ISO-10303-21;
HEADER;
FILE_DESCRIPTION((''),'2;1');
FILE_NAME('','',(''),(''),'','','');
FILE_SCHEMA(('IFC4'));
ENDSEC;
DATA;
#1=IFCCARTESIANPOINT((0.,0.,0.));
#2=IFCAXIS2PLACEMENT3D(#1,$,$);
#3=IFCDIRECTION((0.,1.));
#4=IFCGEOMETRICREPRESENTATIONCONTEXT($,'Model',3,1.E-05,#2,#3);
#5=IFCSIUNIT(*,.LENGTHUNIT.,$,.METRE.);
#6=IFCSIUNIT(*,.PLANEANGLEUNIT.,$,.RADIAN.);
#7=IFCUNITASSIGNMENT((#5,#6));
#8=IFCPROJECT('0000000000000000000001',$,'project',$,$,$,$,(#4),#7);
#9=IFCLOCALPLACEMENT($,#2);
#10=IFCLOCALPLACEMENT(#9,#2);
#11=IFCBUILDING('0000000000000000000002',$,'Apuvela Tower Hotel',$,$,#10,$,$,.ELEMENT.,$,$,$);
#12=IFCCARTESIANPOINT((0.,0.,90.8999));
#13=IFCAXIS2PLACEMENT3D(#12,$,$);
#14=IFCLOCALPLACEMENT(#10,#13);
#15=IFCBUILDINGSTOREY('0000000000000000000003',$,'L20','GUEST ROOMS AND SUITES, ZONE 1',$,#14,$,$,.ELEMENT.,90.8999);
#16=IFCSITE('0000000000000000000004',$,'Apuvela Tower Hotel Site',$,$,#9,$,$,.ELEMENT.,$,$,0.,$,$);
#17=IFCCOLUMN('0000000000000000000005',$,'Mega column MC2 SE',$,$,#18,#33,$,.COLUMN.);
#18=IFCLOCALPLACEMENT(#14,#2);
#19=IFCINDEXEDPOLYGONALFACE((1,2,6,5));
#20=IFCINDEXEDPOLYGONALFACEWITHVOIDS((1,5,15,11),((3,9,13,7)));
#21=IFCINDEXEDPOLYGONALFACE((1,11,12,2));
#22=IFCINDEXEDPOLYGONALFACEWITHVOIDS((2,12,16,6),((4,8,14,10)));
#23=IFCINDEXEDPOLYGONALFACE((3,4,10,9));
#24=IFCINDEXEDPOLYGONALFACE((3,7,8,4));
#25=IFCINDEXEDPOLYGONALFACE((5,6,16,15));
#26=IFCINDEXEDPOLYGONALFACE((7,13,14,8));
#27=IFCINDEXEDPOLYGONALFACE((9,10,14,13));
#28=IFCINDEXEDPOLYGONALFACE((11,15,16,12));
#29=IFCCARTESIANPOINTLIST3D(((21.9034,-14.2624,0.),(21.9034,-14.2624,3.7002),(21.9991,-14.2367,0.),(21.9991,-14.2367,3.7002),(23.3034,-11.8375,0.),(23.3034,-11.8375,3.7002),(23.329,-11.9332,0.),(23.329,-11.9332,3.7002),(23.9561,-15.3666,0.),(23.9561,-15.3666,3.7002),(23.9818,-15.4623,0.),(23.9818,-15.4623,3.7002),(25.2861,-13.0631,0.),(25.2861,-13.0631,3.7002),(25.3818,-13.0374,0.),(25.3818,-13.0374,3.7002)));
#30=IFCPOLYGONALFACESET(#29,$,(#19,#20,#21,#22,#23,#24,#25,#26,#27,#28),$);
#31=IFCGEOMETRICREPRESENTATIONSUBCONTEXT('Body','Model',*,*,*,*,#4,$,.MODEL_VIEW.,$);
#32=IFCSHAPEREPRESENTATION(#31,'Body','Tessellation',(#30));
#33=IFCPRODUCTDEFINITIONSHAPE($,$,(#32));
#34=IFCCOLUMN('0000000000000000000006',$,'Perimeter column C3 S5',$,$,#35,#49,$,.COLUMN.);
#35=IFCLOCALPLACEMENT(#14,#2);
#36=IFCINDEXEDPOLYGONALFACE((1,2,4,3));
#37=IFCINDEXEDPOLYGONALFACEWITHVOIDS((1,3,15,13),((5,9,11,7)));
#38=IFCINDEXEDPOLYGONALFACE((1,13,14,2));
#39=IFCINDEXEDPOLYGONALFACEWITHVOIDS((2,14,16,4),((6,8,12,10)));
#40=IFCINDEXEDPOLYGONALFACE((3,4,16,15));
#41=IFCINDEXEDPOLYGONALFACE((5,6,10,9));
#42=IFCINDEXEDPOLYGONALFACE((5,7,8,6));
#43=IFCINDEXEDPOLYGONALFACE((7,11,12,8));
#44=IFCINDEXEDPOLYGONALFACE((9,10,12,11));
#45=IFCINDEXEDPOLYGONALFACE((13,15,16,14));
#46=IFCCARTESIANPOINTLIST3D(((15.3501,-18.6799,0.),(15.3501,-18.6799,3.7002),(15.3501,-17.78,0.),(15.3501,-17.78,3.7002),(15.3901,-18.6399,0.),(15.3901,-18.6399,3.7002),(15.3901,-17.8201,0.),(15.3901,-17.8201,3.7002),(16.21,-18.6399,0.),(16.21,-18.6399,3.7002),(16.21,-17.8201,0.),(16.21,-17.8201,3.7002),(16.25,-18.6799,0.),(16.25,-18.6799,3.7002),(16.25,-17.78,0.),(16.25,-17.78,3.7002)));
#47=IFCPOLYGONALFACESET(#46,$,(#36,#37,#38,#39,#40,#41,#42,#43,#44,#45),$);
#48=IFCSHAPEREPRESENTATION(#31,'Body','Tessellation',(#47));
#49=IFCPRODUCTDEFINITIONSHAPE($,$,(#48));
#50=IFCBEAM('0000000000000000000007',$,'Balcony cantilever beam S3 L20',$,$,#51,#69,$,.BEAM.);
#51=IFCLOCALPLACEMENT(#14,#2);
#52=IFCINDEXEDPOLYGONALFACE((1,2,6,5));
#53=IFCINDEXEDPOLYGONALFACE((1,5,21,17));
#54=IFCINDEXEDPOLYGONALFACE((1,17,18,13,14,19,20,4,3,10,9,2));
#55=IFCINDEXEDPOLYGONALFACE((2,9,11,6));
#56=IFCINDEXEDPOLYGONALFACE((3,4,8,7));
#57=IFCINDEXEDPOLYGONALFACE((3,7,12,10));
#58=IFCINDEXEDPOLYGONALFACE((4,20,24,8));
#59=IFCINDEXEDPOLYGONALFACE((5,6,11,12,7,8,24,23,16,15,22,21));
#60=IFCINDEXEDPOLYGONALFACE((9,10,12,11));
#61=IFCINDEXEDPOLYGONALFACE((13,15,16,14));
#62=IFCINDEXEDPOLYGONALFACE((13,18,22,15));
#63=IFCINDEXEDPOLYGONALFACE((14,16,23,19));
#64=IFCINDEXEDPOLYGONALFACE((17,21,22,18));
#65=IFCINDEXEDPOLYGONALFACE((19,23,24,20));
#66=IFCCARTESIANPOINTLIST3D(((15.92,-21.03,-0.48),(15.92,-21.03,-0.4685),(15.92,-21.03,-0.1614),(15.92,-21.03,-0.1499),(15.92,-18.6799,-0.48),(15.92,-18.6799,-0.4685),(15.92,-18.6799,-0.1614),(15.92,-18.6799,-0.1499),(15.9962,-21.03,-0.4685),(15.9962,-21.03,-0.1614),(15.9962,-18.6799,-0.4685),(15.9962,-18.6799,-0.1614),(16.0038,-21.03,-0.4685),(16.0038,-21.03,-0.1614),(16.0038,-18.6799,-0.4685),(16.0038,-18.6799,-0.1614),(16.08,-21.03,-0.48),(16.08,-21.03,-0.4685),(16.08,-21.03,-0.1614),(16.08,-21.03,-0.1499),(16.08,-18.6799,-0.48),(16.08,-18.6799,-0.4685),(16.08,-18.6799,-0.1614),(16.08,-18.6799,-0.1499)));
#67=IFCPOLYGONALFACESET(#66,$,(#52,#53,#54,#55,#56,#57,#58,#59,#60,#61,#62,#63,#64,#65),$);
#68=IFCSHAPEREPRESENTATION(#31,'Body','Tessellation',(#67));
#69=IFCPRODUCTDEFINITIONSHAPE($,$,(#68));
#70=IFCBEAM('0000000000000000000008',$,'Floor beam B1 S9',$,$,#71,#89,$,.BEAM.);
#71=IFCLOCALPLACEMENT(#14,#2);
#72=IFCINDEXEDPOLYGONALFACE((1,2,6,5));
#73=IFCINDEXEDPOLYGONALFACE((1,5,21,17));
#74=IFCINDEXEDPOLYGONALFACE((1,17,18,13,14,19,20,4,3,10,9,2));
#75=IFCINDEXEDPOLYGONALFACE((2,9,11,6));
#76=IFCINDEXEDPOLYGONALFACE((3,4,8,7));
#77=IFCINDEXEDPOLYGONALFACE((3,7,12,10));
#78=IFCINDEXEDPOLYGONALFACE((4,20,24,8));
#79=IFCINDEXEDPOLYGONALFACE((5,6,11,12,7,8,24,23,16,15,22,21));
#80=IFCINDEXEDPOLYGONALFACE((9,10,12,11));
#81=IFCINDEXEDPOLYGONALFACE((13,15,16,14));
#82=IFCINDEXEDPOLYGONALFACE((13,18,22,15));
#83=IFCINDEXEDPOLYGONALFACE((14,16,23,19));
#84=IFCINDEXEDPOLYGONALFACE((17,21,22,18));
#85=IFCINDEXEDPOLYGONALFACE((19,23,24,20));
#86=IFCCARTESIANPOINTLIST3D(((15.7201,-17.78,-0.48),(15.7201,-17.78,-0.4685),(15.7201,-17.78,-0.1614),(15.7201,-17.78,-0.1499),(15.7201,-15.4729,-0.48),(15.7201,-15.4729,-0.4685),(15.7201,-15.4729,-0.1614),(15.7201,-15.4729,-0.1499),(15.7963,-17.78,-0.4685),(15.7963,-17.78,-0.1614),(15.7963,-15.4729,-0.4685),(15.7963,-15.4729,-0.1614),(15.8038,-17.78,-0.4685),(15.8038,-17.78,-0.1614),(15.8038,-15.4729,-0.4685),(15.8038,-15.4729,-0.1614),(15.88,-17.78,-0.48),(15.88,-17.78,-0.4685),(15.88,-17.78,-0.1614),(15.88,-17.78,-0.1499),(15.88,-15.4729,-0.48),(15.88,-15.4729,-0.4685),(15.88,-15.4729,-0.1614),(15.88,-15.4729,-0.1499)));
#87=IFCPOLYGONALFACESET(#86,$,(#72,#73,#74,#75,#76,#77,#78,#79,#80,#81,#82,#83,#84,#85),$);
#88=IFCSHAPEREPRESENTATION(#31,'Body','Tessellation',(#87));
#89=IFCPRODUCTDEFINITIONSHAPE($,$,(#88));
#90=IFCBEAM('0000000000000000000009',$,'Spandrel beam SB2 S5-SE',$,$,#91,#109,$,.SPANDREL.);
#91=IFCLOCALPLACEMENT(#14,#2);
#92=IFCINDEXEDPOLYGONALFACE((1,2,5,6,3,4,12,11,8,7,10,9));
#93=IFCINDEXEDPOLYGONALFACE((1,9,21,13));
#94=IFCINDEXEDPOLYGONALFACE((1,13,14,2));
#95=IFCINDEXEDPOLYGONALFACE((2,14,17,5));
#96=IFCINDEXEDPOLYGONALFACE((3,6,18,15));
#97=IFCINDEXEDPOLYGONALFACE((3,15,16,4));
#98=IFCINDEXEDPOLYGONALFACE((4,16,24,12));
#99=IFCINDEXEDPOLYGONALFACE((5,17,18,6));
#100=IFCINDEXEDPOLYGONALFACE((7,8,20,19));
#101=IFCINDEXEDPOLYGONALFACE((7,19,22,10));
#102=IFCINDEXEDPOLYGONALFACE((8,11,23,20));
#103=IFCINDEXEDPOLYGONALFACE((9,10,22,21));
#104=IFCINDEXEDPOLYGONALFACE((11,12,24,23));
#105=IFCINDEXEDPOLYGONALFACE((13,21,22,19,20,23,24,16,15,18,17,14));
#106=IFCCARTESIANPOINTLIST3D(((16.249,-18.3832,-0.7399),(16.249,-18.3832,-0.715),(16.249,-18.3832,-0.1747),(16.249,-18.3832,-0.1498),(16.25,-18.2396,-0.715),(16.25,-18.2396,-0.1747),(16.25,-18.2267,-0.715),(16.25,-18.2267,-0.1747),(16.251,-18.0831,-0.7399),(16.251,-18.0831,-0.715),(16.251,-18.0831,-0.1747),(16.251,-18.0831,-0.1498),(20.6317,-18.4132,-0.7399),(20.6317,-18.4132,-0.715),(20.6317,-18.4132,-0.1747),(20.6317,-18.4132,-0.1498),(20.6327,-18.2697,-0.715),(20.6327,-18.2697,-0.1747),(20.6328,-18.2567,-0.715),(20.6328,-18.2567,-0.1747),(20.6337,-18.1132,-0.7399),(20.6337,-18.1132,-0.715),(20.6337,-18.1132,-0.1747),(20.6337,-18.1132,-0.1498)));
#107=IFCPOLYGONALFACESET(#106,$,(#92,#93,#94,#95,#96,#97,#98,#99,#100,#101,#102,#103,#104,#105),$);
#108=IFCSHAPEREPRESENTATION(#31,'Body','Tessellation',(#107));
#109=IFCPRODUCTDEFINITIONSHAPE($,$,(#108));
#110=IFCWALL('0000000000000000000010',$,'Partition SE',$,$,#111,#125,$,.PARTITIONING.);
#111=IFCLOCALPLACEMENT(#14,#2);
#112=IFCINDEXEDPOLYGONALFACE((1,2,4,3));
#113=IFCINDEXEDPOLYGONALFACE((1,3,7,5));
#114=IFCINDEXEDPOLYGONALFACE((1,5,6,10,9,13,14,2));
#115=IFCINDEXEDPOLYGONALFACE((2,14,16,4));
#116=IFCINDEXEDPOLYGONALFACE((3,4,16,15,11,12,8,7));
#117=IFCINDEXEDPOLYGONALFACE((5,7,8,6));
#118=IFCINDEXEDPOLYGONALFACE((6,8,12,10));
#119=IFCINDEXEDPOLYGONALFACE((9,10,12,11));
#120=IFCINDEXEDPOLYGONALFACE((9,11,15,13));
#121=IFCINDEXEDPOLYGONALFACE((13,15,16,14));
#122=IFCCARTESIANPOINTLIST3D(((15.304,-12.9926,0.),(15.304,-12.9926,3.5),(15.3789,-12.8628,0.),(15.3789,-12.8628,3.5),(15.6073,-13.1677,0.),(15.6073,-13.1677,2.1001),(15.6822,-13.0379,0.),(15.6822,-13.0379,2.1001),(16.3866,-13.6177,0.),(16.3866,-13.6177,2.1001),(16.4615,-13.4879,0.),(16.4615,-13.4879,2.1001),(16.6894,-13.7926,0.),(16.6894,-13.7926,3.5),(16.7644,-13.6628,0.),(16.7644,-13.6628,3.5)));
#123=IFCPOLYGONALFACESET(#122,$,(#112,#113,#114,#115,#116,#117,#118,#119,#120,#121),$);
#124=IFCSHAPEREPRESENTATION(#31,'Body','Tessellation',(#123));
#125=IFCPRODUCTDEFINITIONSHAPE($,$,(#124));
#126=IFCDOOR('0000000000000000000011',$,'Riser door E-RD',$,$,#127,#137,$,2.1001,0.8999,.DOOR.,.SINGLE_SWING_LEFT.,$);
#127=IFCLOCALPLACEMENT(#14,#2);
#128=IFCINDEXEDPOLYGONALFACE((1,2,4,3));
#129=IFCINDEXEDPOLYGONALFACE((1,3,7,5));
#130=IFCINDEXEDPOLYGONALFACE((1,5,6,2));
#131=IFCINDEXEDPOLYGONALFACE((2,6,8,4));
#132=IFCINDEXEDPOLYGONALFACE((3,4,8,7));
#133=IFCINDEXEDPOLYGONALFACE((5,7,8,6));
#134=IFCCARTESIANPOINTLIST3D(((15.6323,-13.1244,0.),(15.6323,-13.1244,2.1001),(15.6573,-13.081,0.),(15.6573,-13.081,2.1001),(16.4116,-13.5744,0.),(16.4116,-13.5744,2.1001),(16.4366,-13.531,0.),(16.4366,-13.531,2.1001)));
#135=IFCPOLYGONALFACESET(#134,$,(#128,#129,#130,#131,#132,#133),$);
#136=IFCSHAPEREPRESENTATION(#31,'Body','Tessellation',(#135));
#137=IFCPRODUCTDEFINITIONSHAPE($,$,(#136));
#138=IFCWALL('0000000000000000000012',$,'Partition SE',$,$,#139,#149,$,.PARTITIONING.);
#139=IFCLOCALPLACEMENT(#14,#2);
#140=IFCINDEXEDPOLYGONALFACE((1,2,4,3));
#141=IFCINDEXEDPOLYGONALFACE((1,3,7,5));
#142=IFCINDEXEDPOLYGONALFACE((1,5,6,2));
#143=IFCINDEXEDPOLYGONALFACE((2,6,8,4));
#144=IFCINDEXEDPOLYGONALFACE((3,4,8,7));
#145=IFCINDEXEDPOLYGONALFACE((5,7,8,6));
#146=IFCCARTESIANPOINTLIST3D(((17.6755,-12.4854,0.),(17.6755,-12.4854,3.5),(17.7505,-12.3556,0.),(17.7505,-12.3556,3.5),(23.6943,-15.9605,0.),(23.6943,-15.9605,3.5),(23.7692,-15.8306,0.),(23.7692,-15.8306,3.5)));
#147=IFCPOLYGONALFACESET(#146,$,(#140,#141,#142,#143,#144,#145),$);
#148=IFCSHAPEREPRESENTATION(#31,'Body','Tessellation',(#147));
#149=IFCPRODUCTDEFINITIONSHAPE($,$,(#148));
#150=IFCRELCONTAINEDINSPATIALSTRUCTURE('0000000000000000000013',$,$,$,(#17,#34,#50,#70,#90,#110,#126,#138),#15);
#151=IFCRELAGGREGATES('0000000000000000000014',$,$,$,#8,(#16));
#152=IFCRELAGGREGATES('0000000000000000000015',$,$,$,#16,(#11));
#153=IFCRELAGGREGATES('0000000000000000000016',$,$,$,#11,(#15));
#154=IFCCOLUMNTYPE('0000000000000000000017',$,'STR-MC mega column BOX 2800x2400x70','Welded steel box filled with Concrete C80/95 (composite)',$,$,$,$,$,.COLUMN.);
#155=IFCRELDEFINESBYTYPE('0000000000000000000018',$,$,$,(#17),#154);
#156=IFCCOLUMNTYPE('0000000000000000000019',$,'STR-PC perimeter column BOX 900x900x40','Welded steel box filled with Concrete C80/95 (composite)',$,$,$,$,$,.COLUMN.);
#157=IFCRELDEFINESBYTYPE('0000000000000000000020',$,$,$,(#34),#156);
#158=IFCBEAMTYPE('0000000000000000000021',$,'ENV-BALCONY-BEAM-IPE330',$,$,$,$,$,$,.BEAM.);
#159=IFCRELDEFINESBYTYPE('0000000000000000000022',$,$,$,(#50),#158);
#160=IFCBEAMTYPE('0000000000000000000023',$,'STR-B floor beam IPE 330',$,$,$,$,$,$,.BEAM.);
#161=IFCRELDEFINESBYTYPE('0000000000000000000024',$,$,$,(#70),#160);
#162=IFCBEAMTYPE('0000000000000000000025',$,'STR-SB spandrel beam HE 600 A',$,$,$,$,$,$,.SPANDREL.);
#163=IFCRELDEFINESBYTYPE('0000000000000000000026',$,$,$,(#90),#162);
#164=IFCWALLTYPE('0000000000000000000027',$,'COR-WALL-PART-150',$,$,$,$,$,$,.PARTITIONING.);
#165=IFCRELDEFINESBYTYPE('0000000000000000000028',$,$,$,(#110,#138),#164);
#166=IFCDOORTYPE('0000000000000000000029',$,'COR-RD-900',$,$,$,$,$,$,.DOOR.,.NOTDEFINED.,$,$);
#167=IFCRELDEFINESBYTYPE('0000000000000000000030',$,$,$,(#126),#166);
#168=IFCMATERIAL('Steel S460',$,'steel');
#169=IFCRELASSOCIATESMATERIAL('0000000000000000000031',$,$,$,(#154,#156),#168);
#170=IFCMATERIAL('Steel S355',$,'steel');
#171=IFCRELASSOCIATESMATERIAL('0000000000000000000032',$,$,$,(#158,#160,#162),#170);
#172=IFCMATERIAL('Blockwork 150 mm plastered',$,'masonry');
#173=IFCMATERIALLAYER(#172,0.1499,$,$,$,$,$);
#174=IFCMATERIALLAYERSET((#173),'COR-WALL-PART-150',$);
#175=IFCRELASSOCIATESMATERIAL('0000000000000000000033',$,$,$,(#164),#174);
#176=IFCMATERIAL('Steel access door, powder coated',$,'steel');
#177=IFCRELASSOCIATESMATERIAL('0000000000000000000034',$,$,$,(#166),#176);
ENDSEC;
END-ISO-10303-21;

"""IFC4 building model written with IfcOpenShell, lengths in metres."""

from ifc_helpers import new_model, si_unit, direction, frame, frame_2d, origin, origin_2d, place, context, subcontext, project, spatial, rectangle, hollow_rectangle, i_section, extrude, material, layer, layer_set, material_profile, profile_set, type_object, element, fill, save


model = new_model("IFC4")

# Units and contexts
model_context = context("Model", 3, precision=1e-05, world=origin(), true_north=direction((0.0, 1.0)))
body_context = subcontext(model_context, "Body", "Model", "MODEL_VIEW")
ifc_project = project(units=[si_unit("LENGTHUNIT", "METRE"), si_unit("PLANEANGLEUNIT", "RADIAN")], contexts=[model_context])

# Site, building, storey
site_placement = place(None, origin())
site = spatial("IfcSite", under=ifc_project, at=site_placement, Name="Apuvela Tower Hotel Site", CompositionType="ELEMENT", RefElevation=0.0)
building_placement = place(site_placement, origin())
building = spatial("IfcBuilding", under=site, at=building_placement, Name="Apuvela Tower Hotel", CompositionType="ELEMENT")
storey_placement = place(building_placement, frame((0.0, 0.0, 90.8999)))
storey = spatial("IfcBuildingStorey", under=building, at=storey_placement, Name="L20", Description="GUEST ROOMS AND SUITES, ZONE 1", CompositionType="ELEMENT", Elevation=90.8999)

# Columns
ifc_material_1 = material(Name="Steel S460", Category="steel")
ifc_material_profile_1 = material_profile(ifc_material_1, hollow_rectangle(XDim=2.8, YDim=2.3999, WallThickness=0.0701, at=origin_2d()), Name="BOX 2800x2400x70")
ifc_material_2 = material(Name="Concrete C80/95", Category="concrete")
ifc_material_profile_2 = material_profile(ifc_material_2, rectangle(XDim=2.6599, YDim=2.26, at=origin_2d()), Name="Concrete C80/95 infill")
ifc_profile_set_1 = profile_set([ifc_material_profile_1, ifc_material_profile_2], Name="Steel S460")
column_type_1 = type_object("IfcColumnType", Name="STR-MC mega column BOX 2800x2400x70", Description="Welded steel box filled with Concrete C80/95 (composite)", PredefinedType="COLUMN", material=ifc_profile_set_1)
column_1_placement = place(storey_placement, frame((23.6426, -13.6499, 0.0), z_axis=(0.0, 0.0, 1.0), x_axis=(0.5, 0.866025, 0.0)))
element("IfcColumn", 1, at=column_1_placement, inside=storey, type_object=column_type_1, Name="Mega column MC2 SE", PredefinedType="COLUMN", context=body_context, shape_type="SweptSolid", body=[
    extrude(hollow_rectangle(XDim=2.8, YDim=2.3999, WallThickness=0.0701, at=origin_2d()), origin(), (0.0, 0.0, 1.0), 3.7002),
])
ifc_material_profile_3 = material_profile(ifc_material_1, hollow_rectangle(XDim=0.8999, YDim=0.8999, WallThickness=0.04, at=origin_2d()), Name="BOX 900x900x40")
ifc_material_profile_4 = material_profile(ifc_material_2, rectangle(XDim=0.8201, YDim=0.8201, at=origin_2d()), Name="Concrete C80/95 infill")
ifc_profile_set_2 = profile_set([ifc_material_profile_3, ifc_material_profile_4], Name="Steel S460")
column_type_2 = type_object("IfcColumnType", Name="STR-PC perimeter column BOX 900x900x40", Description="Welded steel box filled with Concrete C80/95 (composite)", PredefinedType="COLUMN", material=ifc_profile_set_2)
column_2_placement = place(storey_placement, frame((15.8, -18.23, 0.0), z_axis=(0.0, 0.0, 1.0), x_axis=(-1.0, 0.0, 0.0)))
element("IfcColumn", 2, at=column_2_placement, inside=storey, type_object=column_type_2, Name="Perimeter column C3 S5", PredefinedType="COLUMN", context=body_context, shape_type="SweptSolid", body=[
    extrude(hollow_rectangle(XDim=0.8999, YDim=0.8999, WallThickness=0.04, at=origin_2d()), origin(), (0.0, 0.0, 1.0), 3.7002),
])

# Beams
ifc_material_3 = material(Name="Steel S355", Category="steel")
ifc_material_profile_5 = material_profile(ifc_material_3, i_section(OverallWidth=0.1599, OverallDepth=0.3301, WebThickness=0.0076, FlangeThickness=0.0115, at=origin_2d()), Name="IPE 330")
ifc_profile_set_3 = profile_set([ifc_material_profile_5], Name="Steel S355")
beam_type_1 = type_object("IfcBeamType", Name="ENV-BALCONY-BEAM-IPE330", PredefinedType="BEAM", material=ifc_profile_set_3)
beam_1_placement = place(storey_placement, frame((16.0, -18.6799, -0.3149), z_axis=(0.0, -1.0, 0.0), x_axis=(1.0, 0.0, 0.0)))
element("IfcBeam", 3, at=beam_1_placement, inside=storey, type_object=beam_type_1, Name="Balcony cantilever beam S3 L20", PredefinedType="BEAM", context=body_context, shape_type="SweptSolid", body=[
    extrude(i_section(OverallWidth=0.1599, OverallDepth=0.3301, WebThickness=0.0076, FlangeThickness=0.0115, at=origin_2d()), origin(), (0.0, 0.0, 1.0), 2.3501),
])
ifc_material_profile_6 = material_profile(ifc_material_3, i_section(OverallWidth=0.1599, OverallDepth=0.3301, WebThickness=0.0076, FlangeThickness=0.0115, at=origin_2d()), Name="IPE 330")
ifc_profile_set_4 = profile_set([ifc_material_profile_6], Name="Steel S355")
beam_type_2 = type_object("IfcBeamType", Name="STR-B floor beam IPE 330", PredefinedType="BEAM", material=ifc_profile_set_4)
beam_2_placement = place(storey_placement, frame((15.8, -17.78, -0.3149), z_axis=(0.0, 1.0, 0.0), x_axis=(-1.0, 0.0, 0.0)))
element("IfcBeam", 4, at=beam_2_placement, inside=storey, type_object=beam_type_2, Name="Floor beam B1 S9", PredefinedType="BEAM", context=body_context, shape_type="SweptSolid", body=[
    extrude(i_section(OverallWidth=0.1599, OverallDepth=0.3301, WebThickness=0.0076, FlangeThickness=0.0115, at=origin_2d()), origin(), (0.0, 0.0, 1.0), 2.3071),
])
ifc_material_profile_7 = material_profile(ifc_material_3, i_section(OverallWidth=0.3, OverallDepth=0.5901, WebThickness=0.0129, FlangeThickness=0.0249, at=origin_2d()), Name="HE 600 A")
ifc_profile_set_5 = profile_set([ifc_material_profile_7], Name="Steel S355")
beam_type_3 = type_object("IfcBeamType", Name="STR-SB spandrel beam HE 600 A", PredefinedType="SPANDREL", material=ifc_profile_set_5)
beam_3_placement = place(storey_placement, frame((16.25, -18.2332, -0.4448), z_axis=(0.999977, -0.006851, 0.0), x_axis=(0.006851, 0.999977, 0.0)))
element("IfcBeam", 5, at=beam_3_placement, inside=storey, type_object=beam_type_3, Name="Spandrel beam SB2 S5-SE", PredefinedType="SPANDREL", context=body_context, shape_type="SweptSolid", body=[
    extrude(i_section(OverallWidth=0.3, OverallDepth=0.5901, WebThickness=0.0129, FlangeThickness=0.0249, at=origin_2d()), origin(), (0.0, 0.0, 1.0), 4.3828),
])

# Wall, opening, door
ifc_material_4 = material(Name="Blockwork 150 mm plastered", Category="masonry")
ifc_layer_1 = layer(ifc_material_4, 0.1499)
ifc_layer_set_1 = layer_set([ifc_layer_1], Name="COR-WALL-PART-150")
wall_type_1 = type_object("IfcWallType", Name="COR-WALL-PART-150", PredefinedType="PARTITIONING", material=ifc_layer_set_1)
wall_1_placement = place(storey_placement, frame((15.3416, -12.9277, 0.0), z_axis=(0.0, 0.0, 1.0), x_axis=(0.86599, -0.500061, 0.0)))
wall_1 = element("IfcWall", 6, at=wall_1_placement, inside=storey, type_object=wall_type_1, Name="Partition SE", PredefinedType="PARTITIONING", context=body_context, shape_type="SweptSolid", body=[
    extrude(rectangle(XDim=1.5999, YDim=0.1499, at=frame_2d((0.7998, 0.0))), origin(), (0.0, 0.0, 1.0), 3.5),
])
opening_1_placement = place(wall_1_placement, frame((0.3501, 0.0, 0.0)))
opening_1 = element("IfcOpeningElement", 7, at=opening_1_placement, cuts=wall_1, PredefinedType="OPENING", context=body_context, shape_type="SweptSolid", body=[
    extrude(rectangle(XDim=0.8999, YDim=2.1001, at=frame_2d((0.45, 1.05))), frame((0.0, 0.085, 0.0), z_axis=(0.0, -1.0, 0.0), x_axis=(1.0, 0.0, 0.0)), (0.0, 0.0, 1.0), 0.1699),
])
ifc_material_5 = material(Name="Steel access door, powder coated", Category="steel")
door_type_1 = type_object("IfcDoorType", Name="COR-RD-900", OperationType="NOTDEFINED", PredefinedType="DOOR", material=ifc_material_5)
door_1_placement = place(opening_1_placement, frame((0.8999, 0.0, 0.0), z_axis=(0.0, 0.0, 1.0), x_axis=(-1.0, 0.0, 0.0)))
door_1 = element("IfcDoor", 8, at=door_1_placement, inside=storey, type_object=door_type_1, Name="Riser door E-RD", OperationType="SINGLE_SWING_LEFT", OverallHeight=2.1001, OverallWidth=0.8999, PredefinedType="DOOR", context=body_context, shape_type="SweptSolid", body=[
    extrude(rectangle(XDim=0.8999, YDim=2.1001, at=frame_2d((0.45, 1.05))), frame((0.0, 0.0249, 0.0), z_axis=(0.0, -1.0, 0.0), x_axis=(1.0, 0.0, 0.0)), (0.0, 0.0, 1.0), 0.05),
])
fill(opening_1, door_1)

# Wall
wall_2_placement = place(storey_placement, frame((17.7129, -12.4204, 0.0), z_axis=(0.0, 0.0, 1.0), x_axis=(0.866017, -0.500015, 0.0)))
element("IfcWall", 9, at=wall_2_placement, inside=storey, type_object=wall_type_1, Name="Partition SE", PredefinedType="PARTITIONING", context=body_context, shape_type="SweptSolid", body=[
    extrude(rectangle(XDim=6.95, YDim=0.1499, at=frame_2d((3.4751, 0.0))), origin(), (0.0, 0.0, 1.0), 3.5),
])

save(model, "model.ifc")
